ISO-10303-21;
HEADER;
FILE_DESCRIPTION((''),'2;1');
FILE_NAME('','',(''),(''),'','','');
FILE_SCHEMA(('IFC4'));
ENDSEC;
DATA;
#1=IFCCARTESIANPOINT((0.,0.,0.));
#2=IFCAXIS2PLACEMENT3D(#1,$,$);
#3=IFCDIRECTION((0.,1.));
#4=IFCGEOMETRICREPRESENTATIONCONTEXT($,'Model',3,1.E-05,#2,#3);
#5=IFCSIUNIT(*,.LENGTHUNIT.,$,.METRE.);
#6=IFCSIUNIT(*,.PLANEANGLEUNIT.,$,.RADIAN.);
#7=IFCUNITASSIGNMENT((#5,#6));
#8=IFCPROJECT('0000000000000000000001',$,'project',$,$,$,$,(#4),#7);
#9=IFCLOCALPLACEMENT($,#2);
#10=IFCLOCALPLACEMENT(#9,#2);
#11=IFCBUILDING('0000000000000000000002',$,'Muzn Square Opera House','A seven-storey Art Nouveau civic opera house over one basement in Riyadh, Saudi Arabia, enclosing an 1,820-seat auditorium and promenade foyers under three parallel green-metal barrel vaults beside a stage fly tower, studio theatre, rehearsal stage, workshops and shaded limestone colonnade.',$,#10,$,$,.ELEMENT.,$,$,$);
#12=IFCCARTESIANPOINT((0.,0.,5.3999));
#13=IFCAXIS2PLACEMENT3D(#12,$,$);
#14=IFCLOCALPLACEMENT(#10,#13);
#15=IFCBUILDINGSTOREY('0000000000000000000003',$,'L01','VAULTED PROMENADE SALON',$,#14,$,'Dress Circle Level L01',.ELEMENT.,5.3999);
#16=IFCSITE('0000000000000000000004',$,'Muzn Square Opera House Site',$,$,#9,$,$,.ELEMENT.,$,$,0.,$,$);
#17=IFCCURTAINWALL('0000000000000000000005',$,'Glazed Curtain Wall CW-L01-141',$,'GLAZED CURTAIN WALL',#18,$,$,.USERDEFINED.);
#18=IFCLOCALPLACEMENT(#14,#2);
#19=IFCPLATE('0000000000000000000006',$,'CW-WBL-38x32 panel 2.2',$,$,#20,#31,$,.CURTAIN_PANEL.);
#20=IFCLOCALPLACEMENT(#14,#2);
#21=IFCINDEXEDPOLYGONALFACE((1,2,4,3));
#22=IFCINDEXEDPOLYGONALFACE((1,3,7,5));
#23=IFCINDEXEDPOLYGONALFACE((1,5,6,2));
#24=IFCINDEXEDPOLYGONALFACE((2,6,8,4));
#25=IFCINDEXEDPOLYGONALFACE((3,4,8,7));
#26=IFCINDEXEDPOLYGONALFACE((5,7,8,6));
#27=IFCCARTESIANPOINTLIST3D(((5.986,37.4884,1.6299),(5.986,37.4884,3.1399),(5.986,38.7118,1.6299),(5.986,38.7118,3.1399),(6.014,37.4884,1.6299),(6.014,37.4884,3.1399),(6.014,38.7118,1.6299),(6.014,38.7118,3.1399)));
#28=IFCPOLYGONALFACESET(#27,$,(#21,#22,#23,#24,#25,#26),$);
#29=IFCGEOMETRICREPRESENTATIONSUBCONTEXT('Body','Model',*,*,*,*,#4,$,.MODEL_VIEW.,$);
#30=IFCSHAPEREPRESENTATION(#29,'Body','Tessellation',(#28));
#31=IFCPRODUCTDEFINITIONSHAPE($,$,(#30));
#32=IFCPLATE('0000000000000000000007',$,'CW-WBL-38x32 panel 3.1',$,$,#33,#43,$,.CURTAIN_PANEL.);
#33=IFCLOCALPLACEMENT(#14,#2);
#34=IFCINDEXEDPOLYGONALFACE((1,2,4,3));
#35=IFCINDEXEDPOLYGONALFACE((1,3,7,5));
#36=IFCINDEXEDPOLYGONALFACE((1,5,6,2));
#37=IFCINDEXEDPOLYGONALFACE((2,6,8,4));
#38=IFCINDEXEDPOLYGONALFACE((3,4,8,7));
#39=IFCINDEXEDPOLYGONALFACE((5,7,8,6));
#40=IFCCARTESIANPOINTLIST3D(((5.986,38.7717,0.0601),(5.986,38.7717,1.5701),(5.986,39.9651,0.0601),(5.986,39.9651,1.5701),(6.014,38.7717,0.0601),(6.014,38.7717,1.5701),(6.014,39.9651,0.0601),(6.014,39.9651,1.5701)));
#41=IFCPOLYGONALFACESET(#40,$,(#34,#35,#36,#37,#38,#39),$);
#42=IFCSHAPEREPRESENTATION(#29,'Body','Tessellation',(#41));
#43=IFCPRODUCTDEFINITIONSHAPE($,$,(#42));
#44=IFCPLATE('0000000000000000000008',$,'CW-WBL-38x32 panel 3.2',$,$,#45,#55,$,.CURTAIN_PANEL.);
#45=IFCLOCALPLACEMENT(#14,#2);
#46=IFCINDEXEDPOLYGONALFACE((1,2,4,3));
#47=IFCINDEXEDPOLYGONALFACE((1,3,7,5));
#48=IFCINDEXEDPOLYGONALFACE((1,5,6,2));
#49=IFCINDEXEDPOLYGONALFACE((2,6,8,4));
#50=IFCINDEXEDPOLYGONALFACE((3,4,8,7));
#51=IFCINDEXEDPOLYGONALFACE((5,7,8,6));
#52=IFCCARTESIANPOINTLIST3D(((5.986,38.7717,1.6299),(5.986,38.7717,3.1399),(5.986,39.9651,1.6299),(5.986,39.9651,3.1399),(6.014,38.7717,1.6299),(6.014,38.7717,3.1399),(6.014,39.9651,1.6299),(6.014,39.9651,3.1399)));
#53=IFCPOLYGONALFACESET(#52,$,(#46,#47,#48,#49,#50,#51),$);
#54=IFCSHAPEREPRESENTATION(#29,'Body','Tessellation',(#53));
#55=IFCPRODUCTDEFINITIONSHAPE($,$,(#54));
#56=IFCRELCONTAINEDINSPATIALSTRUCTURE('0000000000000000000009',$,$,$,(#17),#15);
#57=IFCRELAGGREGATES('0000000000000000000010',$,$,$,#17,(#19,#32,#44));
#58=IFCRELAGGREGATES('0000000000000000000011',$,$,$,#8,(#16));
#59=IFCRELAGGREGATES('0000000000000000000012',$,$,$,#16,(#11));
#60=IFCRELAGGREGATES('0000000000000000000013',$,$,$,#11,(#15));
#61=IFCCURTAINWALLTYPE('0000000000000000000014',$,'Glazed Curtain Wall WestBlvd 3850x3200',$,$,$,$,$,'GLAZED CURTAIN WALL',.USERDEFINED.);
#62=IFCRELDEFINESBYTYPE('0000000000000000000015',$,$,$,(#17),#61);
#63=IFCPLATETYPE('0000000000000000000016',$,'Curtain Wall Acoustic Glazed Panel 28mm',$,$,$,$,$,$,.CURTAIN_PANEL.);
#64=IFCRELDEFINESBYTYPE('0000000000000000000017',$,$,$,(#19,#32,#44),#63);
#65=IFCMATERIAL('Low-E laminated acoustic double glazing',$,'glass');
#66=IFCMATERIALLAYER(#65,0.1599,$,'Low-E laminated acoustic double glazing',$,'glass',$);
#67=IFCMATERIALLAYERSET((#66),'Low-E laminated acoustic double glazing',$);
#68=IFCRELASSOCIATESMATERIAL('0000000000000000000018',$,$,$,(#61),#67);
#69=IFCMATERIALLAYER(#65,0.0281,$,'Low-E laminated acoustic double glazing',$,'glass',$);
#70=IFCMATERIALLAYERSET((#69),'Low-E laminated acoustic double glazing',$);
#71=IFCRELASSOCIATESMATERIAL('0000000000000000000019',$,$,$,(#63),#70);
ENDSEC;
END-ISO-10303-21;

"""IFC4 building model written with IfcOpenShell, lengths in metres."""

from ifc_helpers import new_model, si_unit, direction, frame, origin, origin_2d, place, context, subcontext, project, spatial, rectangle, extrude, material, layer, layer_set, type_object, element, aggregate, save


model = new_model("IFC4")

# Units and contexts
model_context = context("Model", 3, precision=1e-05, world=origin(), true_north=direction((0.0, 1.0)))
body_context = subcontext(model_context, "Body", "Model", "MODEL_VIEW")
ifc_project = project(units=[si_unit("LENGTHUNIT", "METRE"), si_unit("PLANEANGLEUNIT", "RADIAN")], contexts=[model_context])

# Site, building, storey
site_placement = place(None, origin())
site = spatial("IfcSite", under=ifc_project, at=site_placement, Name="Muzn Square Opera House Site", CompositionType="ELEMENT", RefElevation=0.0)
building_placement = place(site_placement, origin())
building = spatial("IfcBuilding", under=site, at=building_placement, Name="Muzn Square Opera House", Description="A seven-storey Art Nouveau civic opera house over one basement in Riyadh, Saudi Arabia, enclosing an 1,820-seat auditorium and promenade foyers under three parallel green-metal barrel vaults beside a stage fly tower, studio theatre, rehearsal stage, workshops and shaded limestone colonnade.", CompositionType="ELEMENT")
storey_placement = place(building_placement, frame((0.0, 0.0, 5.3999)))
storey = spatial("IfcBuildingStorey", under=building, at=storey_placement, Name="L01", Description="VAULTED PROMENADE SALON", LongName="Dress Circle Level L01", CompositionType="ELEMENT", Elevation=5.3999)

# Curtain wall
ifc_material_1 = material(Name="Low-E laminated acoustic double glazing", Category="glass")
ifc_layer_1 = layer(ifc_material_1, 0.1599, Name="Low-E laminated acoustic double glazing", Category="glass")
ifc_layer_set_1 = layer_set([ifc_layer_1], Name="Low-E laminated acoustic double glazing")
curtain_wall_type = type_object("IfcCurtainWallType", Name="Glazed Curtain Wall WestBlvd 3850x3200", ElementType="GLAZED CURTAIN WALL", PredefinedType="USERDEFINED", material=ifc_layer_set_1)
curtain_wall_1_placement = place(storey_placement, origin())
curtain_wall_1 = element("IfcCurtainWall", 1, at=curtain_wall_1_placement, inside=storey, type_object=curtain_wall_type, Name="Glazed Curtain Wall CW-L01-141", ObjectType="GLAZED CURTAIN WALL", PredefinedType="USERDEFINED")

# Plates
ifc_layer_2 = layer(ifc_material_1, 0.0281, Name="Low-E laminated acoustic double glazing", Category="glass")
ifc_layer_set_2 = layer_set([ifc_layer_2], Name="Low-E laminated acoustic double glazing")
plate_type = type_object("IfcPlateType", Name="Curtain Wall Acoustic Glazed Panel 28mm", PredefinedType="CURTAIN_PANEL", material=ifc_layer_set_2)
plate_1_placement = place(storey_placement, frame((6.0, 38.1001, 1.6299), z_axis=(0.0, 0.0, 1.0), x_axis=(0.0, 1.0, 0.0)))
plate_1 = element("IfcPlate", 2, at=plate_1_placement, type_object=plate_type, Name="CW-WBL-38x32 panel 2.2", PredefinedType="CURTAIN_PANEL", context=body_context, shape_type="SweptSolid", body=[
    extrude(rectangle(XDim=1.2234, YDim=0.0281, at=origin_2d()), origin(), (0.0, 0.0, 1.0), 1.51),
])
plate_2_placement = place(storey_placement, frame((6.0, 39.3684, 0.0601), z_axis=(0.0, 0.0, 1.0), x_axis=(0.0, 1.0, 0.0)))
plate_2 = element("IfcPlate", 3, at=plate_2_placement, type_object=plate_type, Name="CW-WBL-38x32 panel 3.1", PredefinedType="CURTAIN_PANEL", context=body_context, shape_type="SweptSolid", body=[
    extrude(rectangle(XDim=1.1934, YDim=0.0281, at=origin_2d()), origin(), (0.0, 0.0, 1.0), 1.51),
])
plate_3_placement = place(storey_placement, frame((6.0, 39.3684, 1.6299), z_axis=(0.0, 0.0, 1.0), x_axis=(0.0, 1.0, 0.0)))
plate_3 = element("IfcPlate", 4, at=plate_3_placement, type_object=plate_type, Name="CW-WBL-38x32 panel 3.2", PredefinedType="CURTAIN_PANEL", context=body_context, shape_type="SweptSolid", body=[
    extrude(rectangle(XDim=1.1934, YDim=0.0281, at=origin_2d()), origin(), (0.0, 0.0, 1.0), 1.51),
])
aggregate(curtain_wall_1, [plate_1, plate_2, plate_3])

save(model, "model.ifc")
